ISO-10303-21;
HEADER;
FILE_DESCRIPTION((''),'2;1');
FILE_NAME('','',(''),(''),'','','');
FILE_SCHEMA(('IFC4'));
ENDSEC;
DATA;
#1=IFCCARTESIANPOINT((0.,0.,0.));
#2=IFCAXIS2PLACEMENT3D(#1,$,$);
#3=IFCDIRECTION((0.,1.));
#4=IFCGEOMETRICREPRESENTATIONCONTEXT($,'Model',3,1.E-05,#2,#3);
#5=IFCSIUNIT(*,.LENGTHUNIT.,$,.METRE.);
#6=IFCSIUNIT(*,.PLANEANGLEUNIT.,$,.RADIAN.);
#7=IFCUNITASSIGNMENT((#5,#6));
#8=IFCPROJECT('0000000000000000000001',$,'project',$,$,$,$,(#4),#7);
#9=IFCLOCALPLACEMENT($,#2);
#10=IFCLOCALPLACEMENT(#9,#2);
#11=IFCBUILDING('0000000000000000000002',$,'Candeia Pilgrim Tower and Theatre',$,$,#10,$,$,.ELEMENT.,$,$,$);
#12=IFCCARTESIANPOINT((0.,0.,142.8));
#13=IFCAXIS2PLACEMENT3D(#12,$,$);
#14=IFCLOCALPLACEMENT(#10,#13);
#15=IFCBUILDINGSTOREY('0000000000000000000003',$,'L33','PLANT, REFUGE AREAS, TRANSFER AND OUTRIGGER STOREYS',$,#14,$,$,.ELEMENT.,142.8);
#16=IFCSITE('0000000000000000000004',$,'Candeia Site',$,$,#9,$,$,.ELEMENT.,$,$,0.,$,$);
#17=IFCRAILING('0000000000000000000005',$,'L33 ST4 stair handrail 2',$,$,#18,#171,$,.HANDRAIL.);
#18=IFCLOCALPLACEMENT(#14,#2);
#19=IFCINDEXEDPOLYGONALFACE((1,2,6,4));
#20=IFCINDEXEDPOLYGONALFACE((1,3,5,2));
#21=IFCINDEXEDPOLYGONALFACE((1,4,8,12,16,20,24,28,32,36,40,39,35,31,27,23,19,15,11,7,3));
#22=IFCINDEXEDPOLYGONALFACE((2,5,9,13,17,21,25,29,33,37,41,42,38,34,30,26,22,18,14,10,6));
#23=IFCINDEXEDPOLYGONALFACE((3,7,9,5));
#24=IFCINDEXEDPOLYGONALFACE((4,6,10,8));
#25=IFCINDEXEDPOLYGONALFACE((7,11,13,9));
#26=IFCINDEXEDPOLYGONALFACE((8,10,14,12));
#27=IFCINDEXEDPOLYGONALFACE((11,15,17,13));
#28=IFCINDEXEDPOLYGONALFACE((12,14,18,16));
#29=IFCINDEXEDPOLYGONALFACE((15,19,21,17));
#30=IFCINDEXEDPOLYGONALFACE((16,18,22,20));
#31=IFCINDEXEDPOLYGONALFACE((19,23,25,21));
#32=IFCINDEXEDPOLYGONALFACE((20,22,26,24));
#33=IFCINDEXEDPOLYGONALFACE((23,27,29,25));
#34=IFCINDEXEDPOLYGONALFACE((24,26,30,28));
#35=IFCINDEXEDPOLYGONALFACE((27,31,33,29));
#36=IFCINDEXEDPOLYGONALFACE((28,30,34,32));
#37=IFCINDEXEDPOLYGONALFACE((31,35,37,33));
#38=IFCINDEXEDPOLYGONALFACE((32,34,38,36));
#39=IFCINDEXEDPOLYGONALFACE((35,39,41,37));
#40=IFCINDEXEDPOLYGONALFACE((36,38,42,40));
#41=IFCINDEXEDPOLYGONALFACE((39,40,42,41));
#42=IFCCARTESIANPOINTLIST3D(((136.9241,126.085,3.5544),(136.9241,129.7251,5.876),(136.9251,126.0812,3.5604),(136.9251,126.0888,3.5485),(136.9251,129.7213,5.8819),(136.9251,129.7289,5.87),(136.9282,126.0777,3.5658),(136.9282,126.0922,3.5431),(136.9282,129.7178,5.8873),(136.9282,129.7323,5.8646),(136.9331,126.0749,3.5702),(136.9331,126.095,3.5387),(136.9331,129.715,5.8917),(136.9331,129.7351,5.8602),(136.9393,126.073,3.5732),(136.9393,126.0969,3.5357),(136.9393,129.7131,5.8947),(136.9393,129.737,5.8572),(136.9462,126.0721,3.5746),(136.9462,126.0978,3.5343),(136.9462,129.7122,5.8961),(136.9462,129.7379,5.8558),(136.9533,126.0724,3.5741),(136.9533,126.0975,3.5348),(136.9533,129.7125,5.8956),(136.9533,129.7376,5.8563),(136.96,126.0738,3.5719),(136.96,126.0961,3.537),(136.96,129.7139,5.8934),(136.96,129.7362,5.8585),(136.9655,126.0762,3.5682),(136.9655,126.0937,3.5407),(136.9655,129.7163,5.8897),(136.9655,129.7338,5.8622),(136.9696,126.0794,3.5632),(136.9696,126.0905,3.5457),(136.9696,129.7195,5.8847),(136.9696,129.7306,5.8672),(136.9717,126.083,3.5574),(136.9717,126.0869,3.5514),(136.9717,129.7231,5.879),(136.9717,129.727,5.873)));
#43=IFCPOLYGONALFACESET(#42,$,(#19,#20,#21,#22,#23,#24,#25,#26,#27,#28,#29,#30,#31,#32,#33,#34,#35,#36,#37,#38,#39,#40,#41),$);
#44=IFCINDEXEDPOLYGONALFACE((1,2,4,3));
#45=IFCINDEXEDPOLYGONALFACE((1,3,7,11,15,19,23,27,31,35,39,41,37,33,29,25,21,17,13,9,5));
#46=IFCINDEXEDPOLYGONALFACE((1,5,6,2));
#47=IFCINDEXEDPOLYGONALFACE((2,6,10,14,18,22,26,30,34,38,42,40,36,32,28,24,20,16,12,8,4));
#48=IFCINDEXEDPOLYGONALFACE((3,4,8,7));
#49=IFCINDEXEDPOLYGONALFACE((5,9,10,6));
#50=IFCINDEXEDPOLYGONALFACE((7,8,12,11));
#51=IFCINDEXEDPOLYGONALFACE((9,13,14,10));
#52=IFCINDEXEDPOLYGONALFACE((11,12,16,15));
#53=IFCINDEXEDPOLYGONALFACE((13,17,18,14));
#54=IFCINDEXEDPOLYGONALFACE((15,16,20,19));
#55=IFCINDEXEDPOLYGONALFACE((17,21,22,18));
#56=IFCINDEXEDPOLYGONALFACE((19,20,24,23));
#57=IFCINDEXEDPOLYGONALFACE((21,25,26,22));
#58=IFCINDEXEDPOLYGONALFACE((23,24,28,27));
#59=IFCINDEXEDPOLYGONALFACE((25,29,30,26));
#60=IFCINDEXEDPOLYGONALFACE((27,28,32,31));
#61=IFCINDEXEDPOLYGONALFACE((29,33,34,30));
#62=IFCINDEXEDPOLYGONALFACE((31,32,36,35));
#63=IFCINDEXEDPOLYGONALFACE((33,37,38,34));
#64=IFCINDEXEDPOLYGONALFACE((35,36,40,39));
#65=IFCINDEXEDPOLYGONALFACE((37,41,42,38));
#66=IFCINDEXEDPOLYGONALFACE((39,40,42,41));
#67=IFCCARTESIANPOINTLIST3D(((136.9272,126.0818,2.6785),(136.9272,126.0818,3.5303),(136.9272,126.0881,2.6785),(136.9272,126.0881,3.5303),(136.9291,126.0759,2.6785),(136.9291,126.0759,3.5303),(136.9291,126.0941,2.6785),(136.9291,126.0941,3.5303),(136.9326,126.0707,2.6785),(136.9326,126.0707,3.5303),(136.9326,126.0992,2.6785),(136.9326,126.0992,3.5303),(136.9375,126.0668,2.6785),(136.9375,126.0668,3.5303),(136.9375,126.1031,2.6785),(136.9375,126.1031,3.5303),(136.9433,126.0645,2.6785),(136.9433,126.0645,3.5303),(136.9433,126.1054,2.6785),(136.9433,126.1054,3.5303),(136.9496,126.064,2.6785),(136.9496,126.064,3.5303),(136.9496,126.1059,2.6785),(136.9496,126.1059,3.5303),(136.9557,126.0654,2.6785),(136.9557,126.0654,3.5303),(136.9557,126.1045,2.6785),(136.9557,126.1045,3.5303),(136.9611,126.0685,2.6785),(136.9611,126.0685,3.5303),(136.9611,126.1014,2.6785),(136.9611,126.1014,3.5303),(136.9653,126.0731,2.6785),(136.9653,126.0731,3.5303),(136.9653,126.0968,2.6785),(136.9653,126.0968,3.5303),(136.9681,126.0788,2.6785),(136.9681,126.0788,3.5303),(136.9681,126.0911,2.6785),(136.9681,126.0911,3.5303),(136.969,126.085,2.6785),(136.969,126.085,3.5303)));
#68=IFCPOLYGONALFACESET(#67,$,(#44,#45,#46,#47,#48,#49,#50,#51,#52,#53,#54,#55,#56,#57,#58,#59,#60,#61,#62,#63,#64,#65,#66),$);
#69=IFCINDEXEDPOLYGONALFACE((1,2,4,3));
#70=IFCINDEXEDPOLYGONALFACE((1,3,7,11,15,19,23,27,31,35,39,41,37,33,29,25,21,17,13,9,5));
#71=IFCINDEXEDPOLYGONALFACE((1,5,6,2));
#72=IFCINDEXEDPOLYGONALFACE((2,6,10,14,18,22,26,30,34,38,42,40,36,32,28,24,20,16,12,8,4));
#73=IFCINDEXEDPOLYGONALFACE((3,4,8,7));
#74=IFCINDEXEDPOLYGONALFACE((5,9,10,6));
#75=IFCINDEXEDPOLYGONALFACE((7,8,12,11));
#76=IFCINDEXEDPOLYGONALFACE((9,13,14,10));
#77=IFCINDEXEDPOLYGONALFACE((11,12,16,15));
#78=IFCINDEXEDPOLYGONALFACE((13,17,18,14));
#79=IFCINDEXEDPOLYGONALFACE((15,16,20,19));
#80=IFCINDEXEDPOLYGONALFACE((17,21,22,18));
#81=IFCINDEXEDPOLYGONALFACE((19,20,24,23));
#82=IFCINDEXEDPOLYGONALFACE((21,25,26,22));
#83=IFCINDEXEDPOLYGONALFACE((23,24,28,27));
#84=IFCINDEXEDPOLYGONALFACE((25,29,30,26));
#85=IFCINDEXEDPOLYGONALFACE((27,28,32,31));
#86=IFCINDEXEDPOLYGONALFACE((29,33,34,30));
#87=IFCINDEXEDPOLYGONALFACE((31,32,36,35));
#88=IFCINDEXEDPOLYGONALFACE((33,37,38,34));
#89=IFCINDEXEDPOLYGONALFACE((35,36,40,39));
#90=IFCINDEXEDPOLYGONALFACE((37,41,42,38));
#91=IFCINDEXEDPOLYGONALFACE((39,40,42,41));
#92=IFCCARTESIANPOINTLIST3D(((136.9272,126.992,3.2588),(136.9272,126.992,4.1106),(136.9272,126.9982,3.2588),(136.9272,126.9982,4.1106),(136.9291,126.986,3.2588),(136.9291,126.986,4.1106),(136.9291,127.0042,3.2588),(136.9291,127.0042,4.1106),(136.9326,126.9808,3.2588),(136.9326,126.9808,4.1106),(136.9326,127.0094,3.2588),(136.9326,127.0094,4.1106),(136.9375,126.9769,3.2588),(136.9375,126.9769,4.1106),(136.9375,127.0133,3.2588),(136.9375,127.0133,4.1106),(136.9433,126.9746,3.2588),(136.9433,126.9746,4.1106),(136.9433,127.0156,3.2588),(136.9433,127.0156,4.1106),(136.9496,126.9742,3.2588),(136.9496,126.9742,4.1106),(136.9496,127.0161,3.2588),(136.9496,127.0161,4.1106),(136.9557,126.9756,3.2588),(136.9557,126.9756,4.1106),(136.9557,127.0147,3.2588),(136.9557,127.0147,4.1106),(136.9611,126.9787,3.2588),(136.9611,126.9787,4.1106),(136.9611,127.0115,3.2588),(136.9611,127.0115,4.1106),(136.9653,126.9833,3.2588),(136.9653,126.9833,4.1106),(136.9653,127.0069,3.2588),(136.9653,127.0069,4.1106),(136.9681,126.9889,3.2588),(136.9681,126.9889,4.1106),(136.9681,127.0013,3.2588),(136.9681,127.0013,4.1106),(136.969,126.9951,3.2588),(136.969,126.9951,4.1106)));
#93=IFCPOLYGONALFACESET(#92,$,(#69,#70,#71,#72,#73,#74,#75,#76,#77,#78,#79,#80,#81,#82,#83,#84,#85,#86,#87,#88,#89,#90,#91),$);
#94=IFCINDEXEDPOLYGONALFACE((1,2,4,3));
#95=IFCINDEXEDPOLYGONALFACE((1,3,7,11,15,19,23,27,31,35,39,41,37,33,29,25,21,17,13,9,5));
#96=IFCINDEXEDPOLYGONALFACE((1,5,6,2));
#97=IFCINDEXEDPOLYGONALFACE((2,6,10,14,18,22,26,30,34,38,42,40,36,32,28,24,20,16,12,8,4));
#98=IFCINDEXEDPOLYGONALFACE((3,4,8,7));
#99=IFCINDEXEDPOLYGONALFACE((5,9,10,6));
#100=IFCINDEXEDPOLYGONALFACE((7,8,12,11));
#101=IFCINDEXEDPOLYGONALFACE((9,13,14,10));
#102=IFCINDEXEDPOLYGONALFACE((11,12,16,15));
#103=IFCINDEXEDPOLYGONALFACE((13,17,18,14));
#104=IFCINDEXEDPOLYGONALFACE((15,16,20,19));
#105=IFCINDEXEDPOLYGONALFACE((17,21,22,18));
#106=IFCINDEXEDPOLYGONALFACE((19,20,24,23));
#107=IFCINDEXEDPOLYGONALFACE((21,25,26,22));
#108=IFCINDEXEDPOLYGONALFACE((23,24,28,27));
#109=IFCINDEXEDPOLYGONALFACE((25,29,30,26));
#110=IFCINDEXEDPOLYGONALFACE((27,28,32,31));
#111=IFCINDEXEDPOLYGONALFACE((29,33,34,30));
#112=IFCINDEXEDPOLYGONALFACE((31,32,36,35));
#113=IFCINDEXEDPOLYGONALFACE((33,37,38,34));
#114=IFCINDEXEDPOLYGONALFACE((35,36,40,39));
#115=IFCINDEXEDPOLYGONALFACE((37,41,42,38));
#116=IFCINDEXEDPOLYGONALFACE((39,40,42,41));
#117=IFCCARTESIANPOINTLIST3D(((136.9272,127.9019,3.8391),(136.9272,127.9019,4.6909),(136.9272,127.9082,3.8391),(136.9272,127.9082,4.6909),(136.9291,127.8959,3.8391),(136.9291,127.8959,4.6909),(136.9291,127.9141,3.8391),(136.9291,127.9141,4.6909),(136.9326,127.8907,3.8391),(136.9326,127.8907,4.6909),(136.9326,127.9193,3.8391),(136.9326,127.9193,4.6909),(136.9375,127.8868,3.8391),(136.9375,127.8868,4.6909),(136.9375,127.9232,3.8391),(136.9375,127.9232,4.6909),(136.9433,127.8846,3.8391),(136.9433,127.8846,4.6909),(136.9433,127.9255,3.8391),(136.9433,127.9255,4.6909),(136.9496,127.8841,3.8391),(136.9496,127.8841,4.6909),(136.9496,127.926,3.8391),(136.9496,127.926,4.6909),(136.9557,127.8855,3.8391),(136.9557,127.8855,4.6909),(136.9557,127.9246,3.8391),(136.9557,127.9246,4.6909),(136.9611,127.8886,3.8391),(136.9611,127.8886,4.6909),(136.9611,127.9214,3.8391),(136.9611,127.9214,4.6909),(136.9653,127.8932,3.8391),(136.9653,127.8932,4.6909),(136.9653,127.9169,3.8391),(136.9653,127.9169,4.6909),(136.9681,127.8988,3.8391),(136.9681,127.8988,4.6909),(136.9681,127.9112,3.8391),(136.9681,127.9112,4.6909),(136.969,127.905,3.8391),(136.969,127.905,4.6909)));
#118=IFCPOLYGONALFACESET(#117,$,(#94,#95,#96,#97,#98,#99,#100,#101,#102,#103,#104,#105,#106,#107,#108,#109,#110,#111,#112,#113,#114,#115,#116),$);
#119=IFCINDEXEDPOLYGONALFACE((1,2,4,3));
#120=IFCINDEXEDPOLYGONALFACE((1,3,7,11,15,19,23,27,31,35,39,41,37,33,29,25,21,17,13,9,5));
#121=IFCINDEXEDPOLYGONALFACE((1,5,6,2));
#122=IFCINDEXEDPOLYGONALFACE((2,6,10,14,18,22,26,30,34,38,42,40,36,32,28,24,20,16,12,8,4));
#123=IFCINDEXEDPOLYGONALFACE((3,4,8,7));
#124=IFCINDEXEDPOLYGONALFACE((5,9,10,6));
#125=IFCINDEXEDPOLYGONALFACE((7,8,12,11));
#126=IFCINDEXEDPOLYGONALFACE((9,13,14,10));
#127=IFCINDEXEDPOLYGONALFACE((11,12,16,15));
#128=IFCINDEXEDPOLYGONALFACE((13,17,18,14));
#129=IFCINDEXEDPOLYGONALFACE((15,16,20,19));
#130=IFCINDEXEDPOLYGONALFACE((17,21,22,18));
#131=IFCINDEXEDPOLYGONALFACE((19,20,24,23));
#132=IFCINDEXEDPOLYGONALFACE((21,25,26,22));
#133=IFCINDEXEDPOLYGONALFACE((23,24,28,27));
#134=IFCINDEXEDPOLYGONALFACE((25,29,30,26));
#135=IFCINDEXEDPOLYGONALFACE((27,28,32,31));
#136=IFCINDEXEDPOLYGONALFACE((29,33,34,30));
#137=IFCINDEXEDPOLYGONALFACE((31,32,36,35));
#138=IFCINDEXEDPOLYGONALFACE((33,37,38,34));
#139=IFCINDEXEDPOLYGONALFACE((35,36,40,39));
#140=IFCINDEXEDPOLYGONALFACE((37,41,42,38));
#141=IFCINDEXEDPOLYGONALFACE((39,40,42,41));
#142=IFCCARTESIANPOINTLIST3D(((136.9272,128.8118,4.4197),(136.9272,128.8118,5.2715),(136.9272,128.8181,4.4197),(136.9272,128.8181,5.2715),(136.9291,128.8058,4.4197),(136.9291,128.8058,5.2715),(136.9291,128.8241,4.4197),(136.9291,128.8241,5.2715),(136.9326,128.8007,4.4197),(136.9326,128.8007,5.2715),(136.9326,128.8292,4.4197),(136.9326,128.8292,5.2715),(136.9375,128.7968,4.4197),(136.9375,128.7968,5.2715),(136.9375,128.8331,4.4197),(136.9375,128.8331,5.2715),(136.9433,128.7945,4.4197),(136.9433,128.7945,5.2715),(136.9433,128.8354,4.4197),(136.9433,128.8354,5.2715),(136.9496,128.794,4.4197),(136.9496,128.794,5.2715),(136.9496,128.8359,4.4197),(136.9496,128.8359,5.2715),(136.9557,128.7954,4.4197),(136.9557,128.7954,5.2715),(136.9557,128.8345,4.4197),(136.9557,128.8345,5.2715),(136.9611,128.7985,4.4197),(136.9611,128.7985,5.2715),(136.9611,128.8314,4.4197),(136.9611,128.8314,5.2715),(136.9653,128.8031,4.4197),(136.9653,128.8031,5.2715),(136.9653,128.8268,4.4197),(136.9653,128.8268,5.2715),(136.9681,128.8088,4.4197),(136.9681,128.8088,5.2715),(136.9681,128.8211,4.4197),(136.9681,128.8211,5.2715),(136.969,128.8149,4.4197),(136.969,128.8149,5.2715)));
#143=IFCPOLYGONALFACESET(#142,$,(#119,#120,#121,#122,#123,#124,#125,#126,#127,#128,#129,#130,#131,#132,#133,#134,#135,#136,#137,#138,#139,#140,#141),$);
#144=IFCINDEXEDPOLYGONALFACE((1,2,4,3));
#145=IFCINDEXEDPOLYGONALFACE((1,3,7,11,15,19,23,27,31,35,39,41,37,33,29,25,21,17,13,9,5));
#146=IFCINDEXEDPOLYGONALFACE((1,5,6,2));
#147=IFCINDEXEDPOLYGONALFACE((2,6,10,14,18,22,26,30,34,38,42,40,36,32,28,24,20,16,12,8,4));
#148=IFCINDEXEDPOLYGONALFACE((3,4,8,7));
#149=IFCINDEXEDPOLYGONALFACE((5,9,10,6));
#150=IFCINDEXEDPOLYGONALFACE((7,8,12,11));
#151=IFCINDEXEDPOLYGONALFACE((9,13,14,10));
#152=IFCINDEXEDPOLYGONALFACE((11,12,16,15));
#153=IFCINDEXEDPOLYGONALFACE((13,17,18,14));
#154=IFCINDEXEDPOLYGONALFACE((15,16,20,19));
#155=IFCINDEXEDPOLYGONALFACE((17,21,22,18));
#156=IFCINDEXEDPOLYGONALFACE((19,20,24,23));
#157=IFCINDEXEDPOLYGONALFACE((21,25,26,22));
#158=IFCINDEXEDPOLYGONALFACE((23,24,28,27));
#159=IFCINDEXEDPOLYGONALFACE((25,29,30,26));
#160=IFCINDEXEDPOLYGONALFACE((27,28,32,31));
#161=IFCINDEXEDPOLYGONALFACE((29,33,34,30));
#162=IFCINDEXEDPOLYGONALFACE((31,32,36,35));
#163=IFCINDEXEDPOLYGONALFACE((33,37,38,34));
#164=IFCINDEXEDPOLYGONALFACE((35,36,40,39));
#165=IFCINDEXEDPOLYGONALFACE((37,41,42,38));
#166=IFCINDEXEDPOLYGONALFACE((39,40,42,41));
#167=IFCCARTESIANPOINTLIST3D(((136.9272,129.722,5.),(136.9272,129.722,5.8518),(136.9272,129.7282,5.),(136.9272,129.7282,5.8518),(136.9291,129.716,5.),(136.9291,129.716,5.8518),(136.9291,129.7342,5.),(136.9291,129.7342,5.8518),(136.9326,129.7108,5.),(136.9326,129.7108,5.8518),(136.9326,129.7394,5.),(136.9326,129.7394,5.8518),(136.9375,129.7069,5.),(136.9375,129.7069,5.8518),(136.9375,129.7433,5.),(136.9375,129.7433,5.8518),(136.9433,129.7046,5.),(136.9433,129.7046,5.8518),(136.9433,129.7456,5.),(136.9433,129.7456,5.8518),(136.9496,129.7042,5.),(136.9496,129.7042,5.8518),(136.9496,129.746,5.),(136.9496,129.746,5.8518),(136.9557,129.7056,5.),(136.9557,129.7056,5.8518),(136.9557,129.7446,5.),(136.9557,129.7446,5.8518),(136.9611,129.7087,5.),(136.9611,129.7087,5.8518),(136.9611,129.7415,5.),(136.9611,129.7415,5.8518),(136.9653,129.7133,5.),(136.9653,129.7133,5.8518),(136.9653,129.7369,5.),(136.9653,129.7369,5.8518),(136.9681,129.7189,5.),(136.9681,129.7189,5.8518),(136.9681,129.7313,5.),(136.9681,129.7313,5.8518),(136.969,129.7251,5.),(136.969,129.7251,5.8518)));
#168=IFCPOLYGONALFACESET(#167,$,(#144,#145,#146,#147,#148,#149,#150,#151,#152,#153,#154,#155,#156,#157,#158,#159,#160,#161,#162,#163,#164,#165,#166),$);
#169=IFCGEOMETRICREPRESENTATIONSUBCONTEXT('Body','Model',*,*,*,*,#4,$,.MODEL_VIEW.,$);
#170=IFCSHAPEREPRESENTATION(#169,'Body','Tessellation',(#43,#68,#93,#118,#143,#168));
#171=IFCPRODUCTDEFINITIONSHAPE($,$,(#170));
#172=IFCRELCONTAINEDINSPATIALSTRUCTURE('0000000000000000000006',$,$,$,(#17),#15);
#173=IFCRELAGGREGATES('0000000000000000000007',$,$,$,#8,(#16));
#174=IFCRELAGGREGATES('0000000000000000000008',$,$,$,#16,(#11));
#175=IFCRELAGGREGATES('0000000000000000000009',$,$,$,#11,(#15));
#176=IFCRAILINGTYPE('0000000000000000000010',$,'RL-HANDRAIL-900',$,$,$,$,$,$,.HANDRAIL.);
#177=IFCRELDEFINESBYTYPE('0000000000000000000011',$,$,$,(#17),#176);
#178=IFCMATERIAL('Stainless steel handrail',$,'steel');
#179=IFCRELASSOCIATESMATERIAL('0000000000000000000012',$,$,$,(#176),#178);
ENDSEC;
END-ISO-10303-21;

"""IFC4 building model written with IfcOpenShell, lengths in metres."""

from ifc_helpers import new_model, si_unit, direction, frame, origin, origin_2d, place, context, subcontext, project, spatial, circle, extrude, material, type_object, element, save


model = new_model("IFC4")

# Units and contexts
model_context = context("Model", 3, precision=1e-05, world=origin(), true_north=direction((0.0, 1.0)))
body_context = subcontext(model_context, "Body", "Model", "MODEL_VIEW")
ifc_project = project(units=[si_unit("LENGTHUNIT", "METRE"), si_unit("PLANEANGLEUNIT", "RADIAN")], contexts=[model_context])

# Site, building, storey
site_placement = place(None, origin())
site = spatial("IfcSite", under=ifc_project, at=site_placement, Name="Candeia Site", CompositionType="ELEMENT", RefElevation=0.0)
building_placement = place(site_placement, origin())
building = spatial("IfcBuilding", under=site, at=building_placement, Name="Candeia Pilgrim Tower and Theatre", CompositionType="ELEMENT")
storey_placement = place(building_placement, frame((0.0, 0.0, 142.8)))
storey = spatial("IfcBuildingStorey", under=building, at=storey_placement, Name="L33", Description="PLANT, REFUGE AREAS, TRANSFER AND OUTRIGGER STOREYS", CompositionType="ELEMENT", Elevation=142.8)

# Railing
ifc_material_1 = material(Name="Stainless steel handrail", Category="steel")
railing_type_1 = type_object("IfcRailingType", Name="RL-HANDRAIL-900", PredefinedType="HANDRAIL", material=ifc_material_1)
railing_1_placement = place(storey_placement, frame((136.948, 126.085, 2.6785)))
element("IfcRailing", 1, at=railing_1_placement, inside=storey, type_object=railing_type_1, Name="L33 ST4 stair handrail 2", PredefinedType="HANDRAIL", context=body_context, shape_type="SweptSolid", body=[
    extrude(circle(Radius=0.0239, at=origin_2d()), frame((0.0, 0.0, 0.876), z_axis=(0.0, 0.843128, 0.537713), x_axis=(-1.0, 0.0, 0.0)), (0.0, 0.0, 1.0), 4.3174),
    extrude(circle(Radius=0.021, at=origin_2d()), origin(), (0.0, 0.0, 1.0), 0.8518),
    extrude(circle(Radius=0.021, at=origin_2d()), frame((0.0, 0.9102, 0.5803)), (0.0, 0.0, 1.0), 0.8518),
    extrude(circle(Radius=0.021, at=origin_2d()), frame((0.0, 1.8201, 1.1606)), (0.0, 0.0, 1.0), 0.8518),
    extrude(circle(Radius=0.021, at=origin_2d()), frame((0.0, 2.73, 1.7412)), (0.0, 0.0, 1.0), 0.8518),
    extrude(circle(Radius=0.021, at=origin_2d()), frame((0.0, 3.6401, 2.3215)), (0.0, 0.0, 1.0), 0.8518),
])

save(model, "model.ifc")
